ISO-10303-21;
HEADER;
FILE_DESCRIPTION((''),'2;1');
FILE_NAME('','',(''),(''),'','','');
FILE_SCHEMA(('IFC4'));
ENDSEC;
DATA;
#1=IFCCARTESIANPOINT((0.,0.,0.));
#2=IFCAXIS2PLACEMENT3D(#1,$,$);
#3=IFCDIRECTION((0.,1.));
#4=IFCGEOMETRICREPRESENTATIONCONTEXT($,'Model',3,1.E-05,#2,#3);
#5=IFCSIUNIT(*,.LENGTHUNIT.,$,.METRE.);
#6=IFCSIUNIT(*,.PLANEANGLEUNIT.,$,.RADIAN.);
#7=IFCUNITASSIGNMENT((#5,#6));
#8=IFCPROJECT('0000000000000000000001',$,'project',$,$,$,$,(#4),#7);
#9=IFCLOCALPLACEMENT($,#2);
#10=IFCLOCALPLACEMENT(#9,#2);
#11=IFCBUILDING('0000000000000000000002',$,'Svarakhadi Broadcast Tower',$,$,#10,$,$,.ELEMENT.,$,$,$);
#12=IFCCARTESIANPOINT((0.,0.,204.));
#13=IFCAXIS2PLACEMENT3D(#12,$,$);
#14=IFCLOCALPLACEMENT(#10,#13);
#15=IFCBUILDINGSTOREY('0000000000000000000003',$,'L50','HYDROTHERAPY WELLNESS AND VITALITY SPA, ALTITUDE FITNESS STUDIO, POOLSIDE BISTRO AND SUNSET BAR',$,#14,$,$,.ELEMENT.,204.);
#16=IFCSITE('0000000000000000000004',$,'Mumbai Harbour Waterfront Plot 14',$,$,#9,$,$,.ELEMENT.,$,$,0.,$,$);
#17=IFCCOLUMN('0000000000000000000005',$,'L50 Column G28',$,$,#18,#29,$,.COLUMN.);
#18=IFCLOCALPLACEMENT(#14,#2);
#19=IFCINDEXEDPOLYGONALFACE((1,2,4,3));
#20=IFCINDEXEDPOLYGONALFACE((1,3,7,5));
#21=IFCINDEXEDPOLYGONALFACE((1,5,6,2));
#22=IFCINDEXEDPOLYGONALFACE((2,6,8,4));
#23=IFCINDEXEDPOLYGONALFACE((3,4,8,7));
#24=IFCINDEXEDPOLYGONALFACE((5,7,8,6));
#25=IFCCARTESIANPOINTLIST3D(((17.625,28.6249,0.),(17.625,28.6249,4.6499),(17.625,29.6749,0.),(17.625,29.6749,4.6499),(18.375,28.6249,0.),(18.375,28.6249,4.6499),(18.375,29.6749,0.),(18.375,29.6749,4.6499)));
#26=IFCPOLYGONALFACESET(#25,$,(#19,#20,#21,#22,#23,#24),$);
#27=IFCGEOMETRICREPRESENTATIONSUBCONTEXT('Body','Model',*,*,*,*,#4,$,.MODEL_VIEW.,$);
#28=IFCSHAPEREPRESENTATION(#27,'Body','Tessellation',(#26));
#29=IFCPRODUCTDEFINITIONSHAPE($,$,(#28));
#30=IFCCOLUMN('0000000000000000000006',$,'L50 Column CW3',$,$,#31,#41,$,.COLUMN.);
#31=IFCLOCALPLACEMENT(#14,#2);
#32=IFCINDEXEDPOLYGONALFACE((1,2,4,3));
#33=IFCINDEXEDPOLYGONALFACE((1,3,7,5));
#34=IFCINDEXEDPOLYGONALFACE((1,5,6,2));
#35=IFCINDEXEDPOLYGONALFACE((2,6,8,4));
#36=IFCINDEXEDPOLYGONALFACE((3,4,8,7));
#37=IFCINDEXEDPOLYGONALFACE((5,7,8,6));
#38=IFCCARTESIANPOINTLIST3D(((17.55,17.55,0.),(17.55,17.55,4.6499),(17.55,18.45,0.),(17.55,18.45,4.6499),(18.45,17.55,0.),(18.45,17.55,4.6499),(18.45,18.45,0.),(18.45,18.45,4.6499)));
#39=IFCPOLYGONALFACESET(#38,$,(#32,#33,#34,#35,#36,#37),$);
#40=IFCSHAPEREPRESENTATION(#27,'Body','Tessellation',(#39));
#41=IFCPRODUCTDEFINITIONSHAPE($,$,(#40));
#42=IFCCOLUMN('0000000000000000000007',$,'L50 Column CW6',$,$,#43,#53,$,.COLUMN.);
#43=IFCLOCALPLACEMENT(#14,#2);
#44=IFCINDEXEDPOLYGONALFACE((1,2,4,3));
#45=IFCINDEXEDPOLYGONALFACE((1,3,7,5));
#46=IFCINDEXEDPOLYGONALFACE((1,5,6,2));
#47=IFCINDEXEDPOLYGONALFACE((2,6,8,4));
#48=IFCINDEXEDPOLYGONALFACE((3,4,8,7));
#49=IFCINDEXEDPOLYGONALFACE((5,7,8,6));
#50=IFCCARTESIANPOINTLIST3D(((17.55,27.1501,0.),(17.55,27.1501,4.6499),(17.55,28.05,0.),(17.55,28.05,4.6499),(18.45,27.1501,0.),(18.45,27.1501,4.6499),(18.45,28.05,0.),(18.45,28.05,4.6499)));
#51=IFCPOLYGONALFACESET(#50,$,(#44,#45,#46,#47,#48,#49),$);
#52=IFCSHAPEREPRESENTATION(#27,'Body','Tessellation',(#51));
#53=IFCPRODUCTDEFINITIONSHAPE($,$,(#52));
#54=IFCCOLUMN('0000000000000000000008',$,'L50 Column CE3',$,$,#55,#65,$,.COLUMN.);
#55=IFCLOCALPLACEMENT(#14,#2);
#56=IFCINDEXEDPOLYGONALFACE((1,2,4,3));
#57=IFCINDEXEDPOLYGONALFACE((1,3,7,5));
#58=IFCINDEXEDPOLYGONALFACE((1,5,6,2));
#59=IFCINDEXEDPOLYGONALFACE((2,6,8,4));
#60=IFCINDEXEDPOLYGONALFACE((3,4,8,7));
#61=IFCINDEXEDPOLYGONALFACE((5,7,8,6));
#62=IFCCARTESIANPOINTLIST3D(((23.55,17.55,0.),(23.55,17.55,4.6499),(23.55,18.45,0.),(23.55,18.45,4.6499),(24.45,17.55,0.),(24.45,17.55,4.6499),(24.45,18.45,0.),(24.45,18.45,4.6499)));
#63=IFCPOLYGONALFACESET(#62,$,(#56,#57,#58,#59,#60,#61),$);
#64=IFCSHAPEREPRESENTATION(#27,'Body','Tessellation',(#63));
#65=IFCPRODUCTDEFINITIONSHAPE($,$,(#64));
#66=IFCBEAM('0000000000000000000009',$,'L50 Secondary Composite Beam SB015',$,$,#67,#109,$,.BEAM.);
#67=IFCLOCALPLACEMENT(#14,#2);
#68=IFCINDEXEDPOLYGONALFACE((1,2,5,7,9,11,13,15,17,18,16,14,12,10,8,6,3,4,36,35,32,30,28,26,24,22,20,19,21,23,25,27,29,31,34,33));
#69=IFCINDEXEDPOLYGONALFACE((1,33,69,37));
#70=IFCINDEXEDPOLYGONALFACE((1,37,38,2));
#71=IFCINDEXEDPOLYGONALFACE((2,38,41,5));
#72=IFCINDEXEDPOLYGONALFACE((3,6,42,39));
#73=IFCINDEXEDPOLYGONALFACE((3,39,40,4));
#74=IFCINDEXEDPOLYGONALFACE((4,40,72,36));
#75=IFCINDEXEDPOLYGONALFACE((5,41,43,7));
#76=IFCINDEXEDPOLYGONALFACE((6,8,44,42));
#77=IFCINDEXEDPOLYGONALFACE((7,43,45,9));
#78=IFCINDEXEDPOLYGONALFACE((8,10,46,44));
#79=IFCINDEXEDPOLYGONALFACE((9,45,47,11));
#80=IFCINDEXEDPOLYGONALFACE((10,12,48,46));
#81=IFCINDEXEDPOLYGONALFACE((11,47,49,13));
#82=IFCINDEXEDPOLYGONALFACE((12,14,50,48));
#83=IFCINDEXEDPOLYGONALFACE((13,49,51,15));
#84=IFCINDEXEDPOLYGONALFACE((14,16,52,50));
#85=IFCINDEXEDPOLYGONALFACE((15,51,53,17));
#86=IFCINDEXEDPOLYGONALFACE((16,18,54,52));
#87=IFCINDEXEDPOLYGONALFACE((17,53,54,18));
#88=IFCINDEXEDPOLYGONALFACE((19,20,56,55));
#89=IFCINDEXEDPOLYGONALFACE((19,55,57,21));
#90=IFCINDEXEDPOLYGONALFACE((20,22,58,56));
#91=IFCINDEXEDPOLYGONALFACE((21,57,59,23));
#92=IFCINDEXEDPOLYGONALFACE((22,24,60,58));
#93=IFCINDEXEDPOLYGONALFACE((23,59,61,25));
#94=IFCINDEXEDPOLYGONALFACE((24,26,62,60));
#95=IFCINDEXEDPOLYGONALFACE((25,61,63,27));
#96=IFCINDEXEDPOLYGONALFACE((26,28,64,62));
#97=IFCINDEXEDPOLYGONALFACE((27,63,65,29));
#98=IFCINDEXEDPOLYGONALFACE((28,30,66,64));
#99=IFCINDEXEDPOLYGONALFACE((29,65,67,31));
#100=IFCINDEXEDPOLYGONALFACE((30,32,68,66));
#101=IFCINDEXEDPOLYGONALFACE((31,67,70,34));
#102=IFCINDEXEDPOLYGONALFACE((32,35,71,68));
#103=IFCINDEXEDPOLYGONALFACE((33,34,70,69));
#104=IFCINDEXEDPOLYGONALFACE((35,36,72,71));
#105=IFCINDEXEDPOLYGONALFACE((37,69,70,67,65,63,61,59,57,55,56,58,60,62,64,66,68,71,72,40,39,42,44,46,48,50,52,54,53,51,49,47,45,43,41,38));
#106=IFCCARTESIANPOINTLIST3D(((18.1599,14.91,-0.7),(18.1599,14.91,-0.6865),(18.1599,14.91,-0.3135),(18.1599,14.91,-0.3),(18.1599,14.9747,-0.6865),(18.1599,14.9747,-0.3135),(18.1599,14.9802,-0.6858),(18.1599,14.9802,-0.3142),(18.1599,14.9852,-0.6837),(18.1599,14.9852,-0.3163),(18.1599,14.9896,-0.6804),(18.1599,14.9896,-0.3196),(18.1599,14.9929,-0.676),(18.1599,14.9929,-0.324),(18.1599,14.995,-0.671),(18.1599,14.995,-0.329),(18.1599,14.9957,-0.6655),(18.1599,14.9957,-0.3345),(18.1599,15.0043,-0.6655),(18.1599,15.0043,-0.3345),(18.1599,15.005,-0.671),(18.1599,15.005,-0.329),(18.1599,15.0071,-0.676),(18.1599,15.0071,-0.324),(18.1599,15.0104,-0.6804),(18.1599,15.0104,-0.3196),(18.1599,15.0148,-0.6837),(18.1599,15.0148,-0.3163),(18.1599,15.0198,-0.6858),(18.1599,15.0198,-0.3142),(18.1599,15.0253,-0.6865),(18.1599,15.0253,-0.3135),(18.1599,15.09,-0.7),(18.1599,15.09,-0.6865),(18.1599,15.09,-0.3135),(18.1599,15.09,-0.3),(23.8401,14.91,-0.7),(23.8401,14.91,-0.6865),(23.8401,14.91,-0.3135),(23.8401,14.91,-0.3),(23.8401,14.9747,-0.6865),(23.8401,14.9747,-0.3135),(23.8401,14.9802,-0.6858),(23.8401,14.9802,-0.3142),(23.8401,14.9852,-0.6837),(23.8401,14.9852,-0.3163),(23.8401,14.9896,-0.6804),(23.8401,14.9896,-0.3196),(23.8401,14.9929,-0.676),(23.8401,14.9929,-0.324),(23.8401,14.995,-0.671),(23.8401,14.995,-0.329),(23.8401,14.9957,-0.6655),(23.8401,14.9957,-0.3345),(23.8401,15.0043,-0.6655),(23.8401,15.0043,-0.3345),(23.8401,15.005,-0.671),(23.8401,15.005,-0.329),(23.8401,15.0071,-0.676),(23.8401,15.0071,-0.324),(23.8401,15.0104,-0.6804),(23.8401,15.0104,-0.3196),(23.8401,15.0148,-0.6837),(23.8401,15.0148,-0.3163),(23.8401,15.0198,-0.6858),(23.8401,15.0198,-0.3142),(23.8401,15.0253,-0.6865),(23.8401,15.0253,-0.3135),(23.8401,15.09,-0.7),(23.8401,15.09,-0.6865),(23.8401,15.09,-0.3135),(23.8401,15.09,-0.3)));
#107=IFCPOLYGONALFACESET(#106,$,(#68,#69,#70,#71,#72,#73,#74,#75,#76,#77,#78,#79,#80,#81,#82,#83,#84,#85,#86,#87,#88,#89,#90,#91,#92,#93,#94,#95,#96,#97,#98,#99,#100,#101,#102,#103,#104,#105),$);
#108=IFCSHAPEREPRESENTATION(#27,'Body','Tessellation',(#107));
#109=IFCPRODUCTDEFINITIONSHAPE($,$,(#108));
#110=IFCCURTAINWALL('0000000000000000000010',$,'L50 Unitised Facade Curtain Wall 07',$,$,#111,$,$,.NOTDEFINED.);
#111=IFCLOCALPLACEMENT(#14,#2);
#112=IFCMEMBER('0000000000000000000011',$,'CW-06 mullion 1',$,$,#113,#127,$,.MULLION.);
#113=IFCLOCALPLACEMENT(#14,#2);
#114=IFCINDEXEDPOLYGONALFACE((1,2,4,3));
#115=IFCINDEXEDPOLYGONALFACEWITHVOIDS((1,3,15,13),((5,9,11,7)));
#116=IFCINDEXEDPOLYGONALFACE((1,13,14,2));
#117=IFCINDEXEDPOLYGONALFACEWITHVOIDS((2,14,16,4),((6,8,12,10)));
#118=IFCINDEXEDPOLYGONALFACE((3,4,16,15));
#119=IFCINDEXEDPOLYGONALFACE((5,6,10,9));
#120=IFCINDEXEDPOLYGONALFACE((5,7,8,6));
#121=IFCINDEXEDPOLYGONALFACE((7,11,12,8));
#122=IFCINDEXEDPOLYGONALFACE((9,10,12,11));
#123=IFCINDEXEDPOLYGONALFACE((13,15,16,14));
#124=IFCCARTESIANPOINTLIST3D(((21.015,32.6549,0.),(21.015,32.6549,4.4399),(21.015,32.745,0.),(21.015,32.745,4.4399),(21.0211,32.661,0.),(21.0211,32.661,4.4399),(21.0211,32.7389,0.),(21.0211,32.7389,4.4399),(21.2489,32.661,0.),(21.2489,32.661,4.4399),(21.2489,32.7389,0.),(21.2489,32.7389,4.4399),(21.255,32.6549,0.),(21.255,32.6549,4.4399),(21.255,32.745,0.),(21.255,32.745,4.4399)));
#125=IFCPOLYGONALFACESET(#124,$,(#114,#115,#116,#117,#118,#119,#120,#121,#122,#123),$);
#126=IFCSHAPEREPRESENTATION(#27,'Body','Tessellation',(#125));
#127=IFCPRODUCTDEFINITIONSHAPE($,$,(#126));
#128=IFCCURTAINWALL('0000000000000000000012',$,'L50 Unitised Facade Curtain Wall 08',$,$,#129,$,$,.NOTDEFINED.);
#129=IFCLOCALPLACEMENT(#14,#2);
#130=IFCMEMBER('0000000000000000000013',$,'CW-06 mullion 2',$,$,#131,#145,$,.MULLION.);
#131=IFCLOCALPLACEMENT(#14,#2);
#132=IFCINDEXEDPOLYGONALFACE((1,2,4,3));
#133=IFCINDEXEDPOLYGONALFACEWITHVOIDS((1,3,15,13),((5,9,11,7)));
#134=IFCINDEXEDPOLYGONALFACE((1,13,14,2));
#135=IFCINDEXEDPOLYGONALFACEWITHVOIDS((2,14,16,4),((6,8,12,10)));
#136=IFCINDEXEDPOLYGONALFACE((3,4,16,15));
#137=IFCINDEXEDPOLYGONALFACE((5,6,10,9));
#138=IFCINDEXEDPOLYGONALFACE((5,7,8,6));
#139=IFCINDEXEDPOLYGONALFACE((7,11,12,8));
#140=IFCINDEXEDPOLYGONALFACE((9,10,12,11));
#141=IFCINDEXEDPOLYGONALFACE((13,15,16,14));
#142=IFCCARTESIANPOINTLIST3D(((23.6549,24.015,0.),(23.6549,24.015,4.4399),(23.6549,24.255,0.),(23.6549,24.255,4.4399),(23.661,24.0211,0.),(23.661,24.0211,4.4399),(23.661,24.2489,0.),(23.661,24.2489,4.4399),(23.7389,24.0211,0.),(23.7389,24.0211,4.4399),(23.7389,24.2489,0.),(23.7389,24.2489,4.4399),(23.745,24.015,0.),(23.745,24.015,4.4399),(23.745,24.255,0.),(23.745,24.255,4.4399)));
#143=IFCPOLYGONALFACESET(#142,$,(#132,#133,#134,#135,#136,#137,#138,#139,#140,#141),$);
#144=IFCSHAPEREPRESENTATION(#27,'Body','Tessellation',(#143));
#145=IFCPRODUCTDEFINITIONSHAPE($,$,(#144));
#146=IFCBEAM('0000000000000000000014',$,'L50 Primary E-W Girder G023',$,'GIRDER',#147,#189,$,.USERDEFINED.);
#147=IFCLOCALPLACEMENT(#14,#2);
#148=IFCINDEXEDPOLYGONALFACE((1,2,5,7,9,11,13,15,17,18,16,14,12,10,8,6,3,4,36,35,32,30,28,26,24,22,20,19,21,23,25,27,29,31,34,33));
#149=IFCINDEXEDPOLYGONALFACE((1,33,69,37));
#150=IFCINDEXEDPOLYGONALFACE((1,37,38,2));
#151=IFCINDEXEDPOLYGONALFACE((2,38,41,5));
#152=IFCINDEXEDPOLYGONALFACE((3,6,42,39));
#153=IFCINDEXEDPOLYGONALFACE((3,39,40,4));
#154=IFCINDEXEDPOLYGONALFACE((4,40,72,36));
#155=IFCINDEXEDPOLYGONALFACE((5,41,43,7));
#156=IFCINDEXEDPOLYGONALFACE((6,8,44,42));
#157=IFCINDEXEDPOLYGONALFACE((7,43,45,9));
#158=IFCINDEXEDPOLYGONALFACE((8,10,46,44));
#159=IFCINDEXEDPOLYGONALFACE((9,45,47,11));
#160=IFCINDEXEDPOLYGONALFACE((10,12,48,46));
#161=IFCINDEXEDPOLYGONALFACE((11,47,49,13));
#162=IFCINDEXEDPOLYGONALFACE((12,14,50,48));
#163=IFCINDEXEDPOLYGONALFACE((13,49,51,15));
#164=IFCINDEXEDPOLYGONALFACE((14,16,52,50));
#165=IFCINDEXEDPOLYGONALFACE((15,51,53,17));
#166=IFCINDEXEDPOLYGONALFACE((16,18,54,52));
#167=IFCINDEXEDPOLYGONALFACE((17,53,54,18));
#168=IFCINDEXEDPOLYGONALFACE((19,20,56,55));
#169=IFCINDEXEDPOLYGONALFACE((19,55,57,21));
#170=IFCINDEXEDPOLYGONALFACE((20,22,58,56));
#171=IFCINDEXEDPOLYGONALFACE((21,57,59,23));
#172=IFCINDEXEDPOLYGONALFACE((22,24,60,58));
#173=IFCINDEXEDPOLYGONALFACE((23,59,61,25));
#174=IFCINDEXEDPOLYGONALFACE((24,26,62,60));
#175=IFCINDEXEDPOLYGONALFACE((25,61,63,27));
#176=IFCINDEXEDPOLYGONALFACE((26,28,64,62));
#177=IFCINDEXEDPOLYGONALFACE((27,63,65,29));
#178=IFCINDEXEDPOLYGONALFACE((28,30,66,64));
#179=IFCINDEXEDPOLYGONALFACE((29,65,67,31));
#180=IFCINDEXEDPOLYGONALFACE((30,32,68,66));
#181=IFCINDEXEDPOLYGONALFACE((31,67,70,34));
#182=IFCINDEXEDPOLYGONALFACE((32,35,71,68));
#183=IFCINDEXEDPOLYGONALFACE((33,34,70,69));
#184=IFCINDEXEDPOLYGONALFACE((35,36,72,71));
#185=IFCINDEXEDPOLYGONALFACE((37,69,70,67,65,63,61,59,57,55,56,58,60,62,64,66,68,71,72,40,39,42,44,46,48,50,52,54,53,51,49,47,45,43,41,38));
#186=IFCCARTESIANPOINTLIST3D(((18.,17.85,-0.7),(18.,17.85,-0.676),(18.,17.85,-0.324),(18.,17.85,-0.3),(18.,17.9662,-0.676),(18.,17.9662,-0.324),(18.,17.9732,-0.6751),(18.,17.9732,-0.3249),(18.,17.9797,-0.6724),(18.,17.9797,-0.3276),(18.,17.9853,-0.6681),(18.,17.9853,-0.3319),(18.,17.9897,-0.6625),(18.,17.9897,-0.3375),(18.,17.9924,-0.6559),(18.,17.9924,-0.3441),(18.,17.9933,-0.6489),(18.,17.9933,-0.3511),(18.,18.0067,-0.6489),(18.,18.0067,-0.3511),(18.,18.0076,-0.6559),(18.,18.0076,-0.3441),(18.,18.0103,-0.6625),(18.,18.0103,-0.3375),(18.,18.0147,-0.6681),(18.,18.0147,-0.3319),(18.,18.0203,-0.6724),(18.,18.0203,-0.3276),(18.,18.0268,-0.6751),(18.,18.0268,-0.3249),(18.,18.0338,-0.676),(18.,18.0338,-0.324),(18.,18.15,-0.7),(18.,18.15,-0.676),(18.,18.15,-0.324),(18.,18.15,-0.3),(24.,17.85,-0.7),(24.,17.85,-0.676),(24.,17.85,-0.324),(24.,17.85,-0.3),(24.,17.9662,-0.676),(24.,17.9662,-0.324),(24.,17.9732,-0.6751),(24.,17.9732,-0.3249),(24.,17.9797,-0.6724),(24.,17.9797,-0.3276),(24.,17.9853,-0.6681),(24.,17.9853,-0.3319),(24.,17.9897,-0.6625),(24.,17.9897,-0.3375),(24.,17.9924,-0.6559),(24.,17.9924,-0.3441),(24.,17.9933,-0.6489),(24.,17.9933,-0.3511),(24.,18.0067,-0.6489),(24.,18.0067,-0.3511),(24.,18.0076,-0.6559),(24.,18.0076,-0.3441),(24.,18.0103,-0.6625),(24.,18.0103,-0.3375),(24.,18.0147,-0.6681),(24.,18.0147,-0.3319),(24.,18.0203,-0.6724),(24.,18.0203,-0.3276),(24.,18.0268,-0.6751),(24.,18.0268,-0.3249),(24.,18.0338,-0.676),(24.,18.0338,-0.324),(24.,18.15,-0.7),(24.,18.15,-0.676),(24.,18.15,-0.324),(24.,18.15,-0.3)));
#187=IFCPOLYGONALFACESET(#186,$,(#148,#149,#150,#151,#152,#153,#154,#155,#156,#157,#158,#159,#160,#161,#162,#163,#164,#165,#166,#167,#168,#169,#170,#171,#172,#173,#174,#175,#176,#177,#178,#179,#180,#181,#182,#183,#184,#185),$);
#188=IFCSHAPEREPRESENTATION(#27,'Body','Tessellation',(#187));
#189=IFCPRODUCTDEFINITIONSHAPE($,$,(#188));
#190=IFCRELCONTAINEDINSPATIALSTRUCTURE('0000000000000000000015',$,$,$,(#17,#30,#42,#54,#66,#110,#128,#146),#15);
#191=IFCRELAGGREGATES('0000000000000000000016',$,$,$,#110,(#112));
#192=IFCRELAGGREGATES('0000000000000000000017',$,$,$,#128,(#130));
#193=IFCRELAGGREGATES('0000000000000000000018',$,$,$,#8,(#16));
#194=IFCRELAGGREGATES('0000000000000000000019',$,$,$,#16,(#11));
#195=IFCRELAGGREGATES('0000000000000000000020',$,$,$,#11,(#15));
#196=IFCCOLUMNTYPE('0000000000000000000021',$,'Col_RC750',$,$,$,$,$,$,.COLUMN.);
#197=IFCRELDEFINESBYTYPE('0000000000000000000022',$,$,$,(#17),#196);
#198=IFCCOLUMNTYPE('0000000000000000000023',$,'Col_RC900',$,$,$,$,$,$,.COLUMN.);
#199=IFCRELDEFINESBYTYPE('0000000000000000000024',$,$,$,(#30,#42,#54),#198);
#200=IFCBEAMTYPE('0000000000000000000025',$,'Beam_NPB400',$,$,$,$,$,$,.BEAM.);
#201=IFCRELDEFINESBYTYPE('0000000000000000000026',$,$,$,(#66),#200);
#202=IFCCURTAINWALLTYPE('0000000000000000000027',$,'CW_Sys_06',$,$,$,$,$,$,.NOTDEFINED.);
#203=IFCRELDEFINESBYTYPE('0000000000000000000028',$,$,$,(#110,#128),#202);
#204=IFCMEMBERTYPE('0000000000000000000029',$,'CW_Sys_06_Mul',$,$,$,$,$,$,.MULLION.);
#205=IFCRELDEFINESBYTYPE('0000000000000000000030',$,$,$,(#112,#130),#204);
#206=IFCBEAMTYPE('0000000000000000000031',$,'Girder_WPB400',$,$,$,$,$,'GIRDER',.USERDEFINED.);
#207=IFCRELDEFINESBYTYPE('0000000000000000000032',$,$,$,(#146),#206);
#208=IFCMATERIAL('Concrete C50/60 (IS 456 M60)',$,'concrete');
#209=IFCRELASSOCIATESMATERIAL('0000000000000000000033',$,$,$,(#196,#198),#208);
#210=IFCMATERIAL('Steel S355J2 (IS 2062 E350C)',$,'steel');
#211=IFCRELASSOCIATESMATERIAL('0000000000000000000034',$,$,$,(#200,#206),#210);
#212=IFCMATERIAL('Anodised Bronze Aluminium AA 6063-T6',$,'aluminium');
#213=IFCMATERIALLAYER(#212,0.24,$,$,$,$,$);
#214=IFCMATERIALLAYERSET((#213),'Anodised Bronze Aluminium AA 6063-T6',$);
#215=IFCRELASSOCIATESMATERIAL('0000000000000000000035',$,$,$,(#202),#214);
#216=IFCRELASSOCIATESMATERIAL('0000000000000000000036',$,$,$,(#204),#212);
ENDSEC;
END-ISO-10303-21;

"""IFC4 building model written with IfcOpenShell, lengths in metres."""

from ifc_helpers import new_model, si_unit, direction, frame, origin, origin_2d, place, context, subcontext, project, spatial, rectangle, hollow_rectangle, i_section, extrude, material, layer, layer_set, material_profile, profile_set, type_object, element, aggregate, save


model = new_model("IFC4")

# Units and contexts
model_context = context("Model", 3, precision=1e-05, world=origin(), true_north=direction((0.0, 1.0)))
body_context = subcontext(model_context, "Body", "Model", "MODEL_VIEW")
ifc_project = project(units=[si_unit("LENGTHUNIT", "METRE"), si_unit("PLANEANGLEUNIT", "RADIAN")], contexts=[model_context])

# Site, building, storey
site_placement = place(None, origin())
site = spatial("IfcSite", under=ifc_project, at=site_placement, Name="Mumbai Harbour Waterfront Plot 14", CompositionType="ELEMENT", RefElevation=0.0)
building_placement = place(site_placement, origin())
building = spatial("IfcBuilding", under=site, at=building_placement, Name="Svarakhadi Broadcast Tower", CompositionType="ELEMENT")
storey_placement = place(building_placement, frame((0.0, 0.0, 204.0)))
storey = spatial("IfcBuildingStorey", under=building, at=storey_placement, Name="L50", Description="HYDROTHERAPY WELLNESS AND VITALITY SPA, ALTITUDE FITNESS STUDIO, POOLSIDE BISTRO AND SUNSET BAR", CompositionType="ELEMENT", Elevation=204.0)

# Columns
ifc_material_1 = material(Name="Concrete C50/60 (IS 456 M60)", Category="concrete")
ifc_material_profile_1 = material_profile(ifc_material_1, rectangle(XDim=0.75, YDim=1.05, at=origin_2d()), Name="RC 750x1050")
ifc_profile_set_1 = profile_set([ifc_material_profile_1], Name="Concrete C50/60 (IS 456 M60)")
column_type_1 = type_object("IfcColumnType", Name="Col_RC750", PredefinedType="COLUMN", material=ifc_profile_set_1)
column_placement = place(storey_placement, frame((18.0, 29.1499, 0.0), z_axis=(0.0, 0.0, 1.0), x_axis=(1.0, 0.0, 0.0)))
element("IfcColumn", 1, at=column_placement, inside=storey, type_object=column_type_1, Name="L50 Column G28", PredefinedType="COLUMN", context=body_context, shape_type="SweptSolid", body=[
    extrude(rectangle(XDim=0.75, YDim=1.05, at=origin_2d()), origin(), (0.0, 0.0, 1.0), 4.6499),
])
ifc_material_profile_2 = material_profile(ifc_material_1, rectangle(XDim=0.8999, YDim=0.8999, at=origin_2d()), Name="RC 900x900")
ifc_profile_set_2 = profile_set([ifc_material_profile_2], Name="Concrete C50/60 (IS 456 M60)")
column_type_2 = type_object("IfcColumnType", Name="Col_RC900", PredefinedType="COLUMN", material=ifc_profile_set_2)
for number, where, z_axis, x_axis, name in (
    (2, (18.0, 18.0, 0.0), (0.0, 0.0, 1.0), (1.0, 0.0, 0.0), "L50 Column CW3"),
    (3, (18.0, 27.6001, 0.0), (0.0, 0.0, 1.0), (1.0, 0.0, 0.0), "L50 Column CW6"),
    (4, (24.0, 18.0, 0.0), (0.0, 0.0, 1.0), (1.0, 0.0, 0.0), "L50 Column CE3"),
):
    element("IfcColumn", number, at=place(storey_placement, frame(where, z_axis=z_axis, x_axis=x_axis)), inside=storey, type_object=column_type_2, Name=name, PredefinedType="COLUMN", context=body_context, shape_type="SweptSolid", body=[
        extrude(rectangle(XDim=0.8999, YDim=0.8999, at=origin_2d()), origin(), (0.0, 0.0, 1.0), 4.6499),
    ])

# Beam
ifc_material_2 = material(Name="Steel S355J2 (IS 2062 E350C)", Category="steel")
ifc_material_profile_3 = material_profile(ifc_material_2, i_section(OverallWidth=0.1799, OverallDepth=0.3999, WebThickness=0.0085, FlangeThickness=0.0134, FilletRadius=0.021, at=origin_2d()), Name="NPB 400x180x66")
ifc_profile_set_3 = profile_set([ifc_material_profile_3], Name="Steel S355J2 (IS 2062 E350C)")
beam_type_1 = type_object("IfcBeamType", Name="Beam_NPB400", PredefinedType="BEAM", material=ifc_profile_set_3)
beam_placement = place(storey_placement, frame((18.1599, 15.0, -0.5), z_axis=(1.0, 0.0, 0.0), x_axis=(0.0, 1.0, 0.0)))
element("IfcBeam", 5, at=beam_placement, inside=storey, type_object=beam_type_1, Name="L50 Secondary Composite Beam SB015", PredefinedType="BEAM", context=body_context, shape_type="SweptSolid", body=[
    extrude(i_section(OverallWidth=0.1799, OverallDepth=0.3999, WebThickness=0.0085, FlangeThickness=0.0134, FilletRadius=0.021, at=origin_2d()), origin(), (0.0, 0.0, 1.0), 5.6802),
])

# Curtain walls, members
ifc_material_3 = material(Name="Anodised Bronze Aluminium AA 6063-T6", Category="aluminium")
ifc_layer_1 = layer(ifc_material_3, 0.24)
ifc_layer_set_1 = layer_set([ifc_layer_1], Name="Anodised Bronze Aluminium AA 6063-T6")
curtain_wall_type = type_object("IfcCurtainWallType", Name="CW_Sys_06", PredefinedType="NOTDEFINED", material=ifc_layer_set_1)
curtain_wall_1_placement = place(storey_placement, origin())
curtain_wall_1 = element("IfcCurtainWall", 6, at=curtain_wall_1_placement, inside=storey, type_object=curtain_wall_type, Name="L50 Unitised Facade Curtain Wall 07", PredefinedType="NOTDEFINED")
ifc_material_profile_4 = material_profile(ifc_material_3, hollow_rectangle(XDim=0.0901, YDim=0.24, WallThickness=0.0061, at=origin_2d()), Name="ALU MULLION 240x90x6")
ifc_profile_set_4 = profile_set([ifc_material_profile_4], Name="Anodised Bronze Aluminium AA 6063-T6")
member_type = type_object("IfcMemberType", Name="CW_Sys_06_Mul", PredefinedType="MULLION", material=ifc_profile_set_4)
member_1_placement = place(storey_placement, frame((21.135, 32.7, 0.0), z_axis=(0.0, 0.0, 1.0), x_axis=(0.0, 1.0, 0.0)))
member_1 = element("IfcMember", 7, at=member_1_placement, type_object=member_type, Name="CW-06 mullion 1", PredefinedType="MULLION", context=body_context, shape_type="SweptSolid", body=[
    extrude(hollow_rectangle(XDim=0.0901, YDim=0.24, WallThickness=0.0061, at=origin_2d()), origin(), (0.0, 0.0, 1.0), 4.4399),
])
aggregate(curtain_wall_1, [member_1])
curtain_wall_2_placement = place(storey_placement, origin())
curtain_wall_2 = element("IfcCurtainWall", 8, at=curtain_wall_2_placement, inside=storey, type_object=curtain_wall_type, Name="L50 Unitised Facade Curtain Wall 08", PredefinedType="NOTDEFINED")
member_2_placement = place(storey_placement, frame((23.7, 24.135, 0.0), z_axis=(0.0, 0.0, 1.0), x_axis=(1.0, 0.0, 0.0)))
member_2 = element("IfcMember", 9, at=member_2_placement, type_object=member_type, Name="CW-06 mullion 2", PredefinedType="MULLION", context=body_context, shape_type="SweptSolid", body=[
    extrude(hollow_rectangle(XDim=0.0901, YDim=0.24, WallThickness=0.0061, at=origin_2d()), origin(), (0.0, 0.0, 1.0), 4.4399),
])

# Beam
ifc_material_profile_5 = material_profile(ifc_material_2, i_section(OverallWidth=0.3, OverallDepth=0.3999, WebThickness=0.0134, FlangeThickness=0.0239, FilletRadius=0.0271, at=origin_2d()), Name="WPB 400x300x155")
ifc_profile_set_5 = profile_set([ifc_material_profile_5], Name="Steel S355J2 (IS 2062 E350C)")
beam_type_2 = type_object("IfcBeamType", Name="Girder_WPB400", ElementType="GIRDER", PredefinedType="USERDEFINED", material=ifc_profile_set_5)
for number, where, z_axis, x_axis, name in (
    (10, (18.0, 18.0, -0.5), (1.0, 0.0, 0.0), (0.0, 1.0, 0.0), "L50 Primary E-W Girder G023"),
):
    element("IfcBeam", number, at=place(storey_placement, frame(where, z_axis=z_axis, x_axis=x_axis)), inside=storey, type_object=beam_type_2, Name=name, ObjectType="GIRDER", PredefinedType="USERDEFINED", context=body_context, shape_type="SweptSolid", body=[
        extrude(i_section(OverallWidth=0.3, OverallDepth=0.3999, WebThickness=0.0134, FlangeThickness=0.0239, FilletRadius=0.0271, at=origin_2d()), origin(), (0.0, 0.0, 1.0), 6.0),
    ])

aggregate(curtain_wall_2, [member_2])

save(model, "model.ifc")
